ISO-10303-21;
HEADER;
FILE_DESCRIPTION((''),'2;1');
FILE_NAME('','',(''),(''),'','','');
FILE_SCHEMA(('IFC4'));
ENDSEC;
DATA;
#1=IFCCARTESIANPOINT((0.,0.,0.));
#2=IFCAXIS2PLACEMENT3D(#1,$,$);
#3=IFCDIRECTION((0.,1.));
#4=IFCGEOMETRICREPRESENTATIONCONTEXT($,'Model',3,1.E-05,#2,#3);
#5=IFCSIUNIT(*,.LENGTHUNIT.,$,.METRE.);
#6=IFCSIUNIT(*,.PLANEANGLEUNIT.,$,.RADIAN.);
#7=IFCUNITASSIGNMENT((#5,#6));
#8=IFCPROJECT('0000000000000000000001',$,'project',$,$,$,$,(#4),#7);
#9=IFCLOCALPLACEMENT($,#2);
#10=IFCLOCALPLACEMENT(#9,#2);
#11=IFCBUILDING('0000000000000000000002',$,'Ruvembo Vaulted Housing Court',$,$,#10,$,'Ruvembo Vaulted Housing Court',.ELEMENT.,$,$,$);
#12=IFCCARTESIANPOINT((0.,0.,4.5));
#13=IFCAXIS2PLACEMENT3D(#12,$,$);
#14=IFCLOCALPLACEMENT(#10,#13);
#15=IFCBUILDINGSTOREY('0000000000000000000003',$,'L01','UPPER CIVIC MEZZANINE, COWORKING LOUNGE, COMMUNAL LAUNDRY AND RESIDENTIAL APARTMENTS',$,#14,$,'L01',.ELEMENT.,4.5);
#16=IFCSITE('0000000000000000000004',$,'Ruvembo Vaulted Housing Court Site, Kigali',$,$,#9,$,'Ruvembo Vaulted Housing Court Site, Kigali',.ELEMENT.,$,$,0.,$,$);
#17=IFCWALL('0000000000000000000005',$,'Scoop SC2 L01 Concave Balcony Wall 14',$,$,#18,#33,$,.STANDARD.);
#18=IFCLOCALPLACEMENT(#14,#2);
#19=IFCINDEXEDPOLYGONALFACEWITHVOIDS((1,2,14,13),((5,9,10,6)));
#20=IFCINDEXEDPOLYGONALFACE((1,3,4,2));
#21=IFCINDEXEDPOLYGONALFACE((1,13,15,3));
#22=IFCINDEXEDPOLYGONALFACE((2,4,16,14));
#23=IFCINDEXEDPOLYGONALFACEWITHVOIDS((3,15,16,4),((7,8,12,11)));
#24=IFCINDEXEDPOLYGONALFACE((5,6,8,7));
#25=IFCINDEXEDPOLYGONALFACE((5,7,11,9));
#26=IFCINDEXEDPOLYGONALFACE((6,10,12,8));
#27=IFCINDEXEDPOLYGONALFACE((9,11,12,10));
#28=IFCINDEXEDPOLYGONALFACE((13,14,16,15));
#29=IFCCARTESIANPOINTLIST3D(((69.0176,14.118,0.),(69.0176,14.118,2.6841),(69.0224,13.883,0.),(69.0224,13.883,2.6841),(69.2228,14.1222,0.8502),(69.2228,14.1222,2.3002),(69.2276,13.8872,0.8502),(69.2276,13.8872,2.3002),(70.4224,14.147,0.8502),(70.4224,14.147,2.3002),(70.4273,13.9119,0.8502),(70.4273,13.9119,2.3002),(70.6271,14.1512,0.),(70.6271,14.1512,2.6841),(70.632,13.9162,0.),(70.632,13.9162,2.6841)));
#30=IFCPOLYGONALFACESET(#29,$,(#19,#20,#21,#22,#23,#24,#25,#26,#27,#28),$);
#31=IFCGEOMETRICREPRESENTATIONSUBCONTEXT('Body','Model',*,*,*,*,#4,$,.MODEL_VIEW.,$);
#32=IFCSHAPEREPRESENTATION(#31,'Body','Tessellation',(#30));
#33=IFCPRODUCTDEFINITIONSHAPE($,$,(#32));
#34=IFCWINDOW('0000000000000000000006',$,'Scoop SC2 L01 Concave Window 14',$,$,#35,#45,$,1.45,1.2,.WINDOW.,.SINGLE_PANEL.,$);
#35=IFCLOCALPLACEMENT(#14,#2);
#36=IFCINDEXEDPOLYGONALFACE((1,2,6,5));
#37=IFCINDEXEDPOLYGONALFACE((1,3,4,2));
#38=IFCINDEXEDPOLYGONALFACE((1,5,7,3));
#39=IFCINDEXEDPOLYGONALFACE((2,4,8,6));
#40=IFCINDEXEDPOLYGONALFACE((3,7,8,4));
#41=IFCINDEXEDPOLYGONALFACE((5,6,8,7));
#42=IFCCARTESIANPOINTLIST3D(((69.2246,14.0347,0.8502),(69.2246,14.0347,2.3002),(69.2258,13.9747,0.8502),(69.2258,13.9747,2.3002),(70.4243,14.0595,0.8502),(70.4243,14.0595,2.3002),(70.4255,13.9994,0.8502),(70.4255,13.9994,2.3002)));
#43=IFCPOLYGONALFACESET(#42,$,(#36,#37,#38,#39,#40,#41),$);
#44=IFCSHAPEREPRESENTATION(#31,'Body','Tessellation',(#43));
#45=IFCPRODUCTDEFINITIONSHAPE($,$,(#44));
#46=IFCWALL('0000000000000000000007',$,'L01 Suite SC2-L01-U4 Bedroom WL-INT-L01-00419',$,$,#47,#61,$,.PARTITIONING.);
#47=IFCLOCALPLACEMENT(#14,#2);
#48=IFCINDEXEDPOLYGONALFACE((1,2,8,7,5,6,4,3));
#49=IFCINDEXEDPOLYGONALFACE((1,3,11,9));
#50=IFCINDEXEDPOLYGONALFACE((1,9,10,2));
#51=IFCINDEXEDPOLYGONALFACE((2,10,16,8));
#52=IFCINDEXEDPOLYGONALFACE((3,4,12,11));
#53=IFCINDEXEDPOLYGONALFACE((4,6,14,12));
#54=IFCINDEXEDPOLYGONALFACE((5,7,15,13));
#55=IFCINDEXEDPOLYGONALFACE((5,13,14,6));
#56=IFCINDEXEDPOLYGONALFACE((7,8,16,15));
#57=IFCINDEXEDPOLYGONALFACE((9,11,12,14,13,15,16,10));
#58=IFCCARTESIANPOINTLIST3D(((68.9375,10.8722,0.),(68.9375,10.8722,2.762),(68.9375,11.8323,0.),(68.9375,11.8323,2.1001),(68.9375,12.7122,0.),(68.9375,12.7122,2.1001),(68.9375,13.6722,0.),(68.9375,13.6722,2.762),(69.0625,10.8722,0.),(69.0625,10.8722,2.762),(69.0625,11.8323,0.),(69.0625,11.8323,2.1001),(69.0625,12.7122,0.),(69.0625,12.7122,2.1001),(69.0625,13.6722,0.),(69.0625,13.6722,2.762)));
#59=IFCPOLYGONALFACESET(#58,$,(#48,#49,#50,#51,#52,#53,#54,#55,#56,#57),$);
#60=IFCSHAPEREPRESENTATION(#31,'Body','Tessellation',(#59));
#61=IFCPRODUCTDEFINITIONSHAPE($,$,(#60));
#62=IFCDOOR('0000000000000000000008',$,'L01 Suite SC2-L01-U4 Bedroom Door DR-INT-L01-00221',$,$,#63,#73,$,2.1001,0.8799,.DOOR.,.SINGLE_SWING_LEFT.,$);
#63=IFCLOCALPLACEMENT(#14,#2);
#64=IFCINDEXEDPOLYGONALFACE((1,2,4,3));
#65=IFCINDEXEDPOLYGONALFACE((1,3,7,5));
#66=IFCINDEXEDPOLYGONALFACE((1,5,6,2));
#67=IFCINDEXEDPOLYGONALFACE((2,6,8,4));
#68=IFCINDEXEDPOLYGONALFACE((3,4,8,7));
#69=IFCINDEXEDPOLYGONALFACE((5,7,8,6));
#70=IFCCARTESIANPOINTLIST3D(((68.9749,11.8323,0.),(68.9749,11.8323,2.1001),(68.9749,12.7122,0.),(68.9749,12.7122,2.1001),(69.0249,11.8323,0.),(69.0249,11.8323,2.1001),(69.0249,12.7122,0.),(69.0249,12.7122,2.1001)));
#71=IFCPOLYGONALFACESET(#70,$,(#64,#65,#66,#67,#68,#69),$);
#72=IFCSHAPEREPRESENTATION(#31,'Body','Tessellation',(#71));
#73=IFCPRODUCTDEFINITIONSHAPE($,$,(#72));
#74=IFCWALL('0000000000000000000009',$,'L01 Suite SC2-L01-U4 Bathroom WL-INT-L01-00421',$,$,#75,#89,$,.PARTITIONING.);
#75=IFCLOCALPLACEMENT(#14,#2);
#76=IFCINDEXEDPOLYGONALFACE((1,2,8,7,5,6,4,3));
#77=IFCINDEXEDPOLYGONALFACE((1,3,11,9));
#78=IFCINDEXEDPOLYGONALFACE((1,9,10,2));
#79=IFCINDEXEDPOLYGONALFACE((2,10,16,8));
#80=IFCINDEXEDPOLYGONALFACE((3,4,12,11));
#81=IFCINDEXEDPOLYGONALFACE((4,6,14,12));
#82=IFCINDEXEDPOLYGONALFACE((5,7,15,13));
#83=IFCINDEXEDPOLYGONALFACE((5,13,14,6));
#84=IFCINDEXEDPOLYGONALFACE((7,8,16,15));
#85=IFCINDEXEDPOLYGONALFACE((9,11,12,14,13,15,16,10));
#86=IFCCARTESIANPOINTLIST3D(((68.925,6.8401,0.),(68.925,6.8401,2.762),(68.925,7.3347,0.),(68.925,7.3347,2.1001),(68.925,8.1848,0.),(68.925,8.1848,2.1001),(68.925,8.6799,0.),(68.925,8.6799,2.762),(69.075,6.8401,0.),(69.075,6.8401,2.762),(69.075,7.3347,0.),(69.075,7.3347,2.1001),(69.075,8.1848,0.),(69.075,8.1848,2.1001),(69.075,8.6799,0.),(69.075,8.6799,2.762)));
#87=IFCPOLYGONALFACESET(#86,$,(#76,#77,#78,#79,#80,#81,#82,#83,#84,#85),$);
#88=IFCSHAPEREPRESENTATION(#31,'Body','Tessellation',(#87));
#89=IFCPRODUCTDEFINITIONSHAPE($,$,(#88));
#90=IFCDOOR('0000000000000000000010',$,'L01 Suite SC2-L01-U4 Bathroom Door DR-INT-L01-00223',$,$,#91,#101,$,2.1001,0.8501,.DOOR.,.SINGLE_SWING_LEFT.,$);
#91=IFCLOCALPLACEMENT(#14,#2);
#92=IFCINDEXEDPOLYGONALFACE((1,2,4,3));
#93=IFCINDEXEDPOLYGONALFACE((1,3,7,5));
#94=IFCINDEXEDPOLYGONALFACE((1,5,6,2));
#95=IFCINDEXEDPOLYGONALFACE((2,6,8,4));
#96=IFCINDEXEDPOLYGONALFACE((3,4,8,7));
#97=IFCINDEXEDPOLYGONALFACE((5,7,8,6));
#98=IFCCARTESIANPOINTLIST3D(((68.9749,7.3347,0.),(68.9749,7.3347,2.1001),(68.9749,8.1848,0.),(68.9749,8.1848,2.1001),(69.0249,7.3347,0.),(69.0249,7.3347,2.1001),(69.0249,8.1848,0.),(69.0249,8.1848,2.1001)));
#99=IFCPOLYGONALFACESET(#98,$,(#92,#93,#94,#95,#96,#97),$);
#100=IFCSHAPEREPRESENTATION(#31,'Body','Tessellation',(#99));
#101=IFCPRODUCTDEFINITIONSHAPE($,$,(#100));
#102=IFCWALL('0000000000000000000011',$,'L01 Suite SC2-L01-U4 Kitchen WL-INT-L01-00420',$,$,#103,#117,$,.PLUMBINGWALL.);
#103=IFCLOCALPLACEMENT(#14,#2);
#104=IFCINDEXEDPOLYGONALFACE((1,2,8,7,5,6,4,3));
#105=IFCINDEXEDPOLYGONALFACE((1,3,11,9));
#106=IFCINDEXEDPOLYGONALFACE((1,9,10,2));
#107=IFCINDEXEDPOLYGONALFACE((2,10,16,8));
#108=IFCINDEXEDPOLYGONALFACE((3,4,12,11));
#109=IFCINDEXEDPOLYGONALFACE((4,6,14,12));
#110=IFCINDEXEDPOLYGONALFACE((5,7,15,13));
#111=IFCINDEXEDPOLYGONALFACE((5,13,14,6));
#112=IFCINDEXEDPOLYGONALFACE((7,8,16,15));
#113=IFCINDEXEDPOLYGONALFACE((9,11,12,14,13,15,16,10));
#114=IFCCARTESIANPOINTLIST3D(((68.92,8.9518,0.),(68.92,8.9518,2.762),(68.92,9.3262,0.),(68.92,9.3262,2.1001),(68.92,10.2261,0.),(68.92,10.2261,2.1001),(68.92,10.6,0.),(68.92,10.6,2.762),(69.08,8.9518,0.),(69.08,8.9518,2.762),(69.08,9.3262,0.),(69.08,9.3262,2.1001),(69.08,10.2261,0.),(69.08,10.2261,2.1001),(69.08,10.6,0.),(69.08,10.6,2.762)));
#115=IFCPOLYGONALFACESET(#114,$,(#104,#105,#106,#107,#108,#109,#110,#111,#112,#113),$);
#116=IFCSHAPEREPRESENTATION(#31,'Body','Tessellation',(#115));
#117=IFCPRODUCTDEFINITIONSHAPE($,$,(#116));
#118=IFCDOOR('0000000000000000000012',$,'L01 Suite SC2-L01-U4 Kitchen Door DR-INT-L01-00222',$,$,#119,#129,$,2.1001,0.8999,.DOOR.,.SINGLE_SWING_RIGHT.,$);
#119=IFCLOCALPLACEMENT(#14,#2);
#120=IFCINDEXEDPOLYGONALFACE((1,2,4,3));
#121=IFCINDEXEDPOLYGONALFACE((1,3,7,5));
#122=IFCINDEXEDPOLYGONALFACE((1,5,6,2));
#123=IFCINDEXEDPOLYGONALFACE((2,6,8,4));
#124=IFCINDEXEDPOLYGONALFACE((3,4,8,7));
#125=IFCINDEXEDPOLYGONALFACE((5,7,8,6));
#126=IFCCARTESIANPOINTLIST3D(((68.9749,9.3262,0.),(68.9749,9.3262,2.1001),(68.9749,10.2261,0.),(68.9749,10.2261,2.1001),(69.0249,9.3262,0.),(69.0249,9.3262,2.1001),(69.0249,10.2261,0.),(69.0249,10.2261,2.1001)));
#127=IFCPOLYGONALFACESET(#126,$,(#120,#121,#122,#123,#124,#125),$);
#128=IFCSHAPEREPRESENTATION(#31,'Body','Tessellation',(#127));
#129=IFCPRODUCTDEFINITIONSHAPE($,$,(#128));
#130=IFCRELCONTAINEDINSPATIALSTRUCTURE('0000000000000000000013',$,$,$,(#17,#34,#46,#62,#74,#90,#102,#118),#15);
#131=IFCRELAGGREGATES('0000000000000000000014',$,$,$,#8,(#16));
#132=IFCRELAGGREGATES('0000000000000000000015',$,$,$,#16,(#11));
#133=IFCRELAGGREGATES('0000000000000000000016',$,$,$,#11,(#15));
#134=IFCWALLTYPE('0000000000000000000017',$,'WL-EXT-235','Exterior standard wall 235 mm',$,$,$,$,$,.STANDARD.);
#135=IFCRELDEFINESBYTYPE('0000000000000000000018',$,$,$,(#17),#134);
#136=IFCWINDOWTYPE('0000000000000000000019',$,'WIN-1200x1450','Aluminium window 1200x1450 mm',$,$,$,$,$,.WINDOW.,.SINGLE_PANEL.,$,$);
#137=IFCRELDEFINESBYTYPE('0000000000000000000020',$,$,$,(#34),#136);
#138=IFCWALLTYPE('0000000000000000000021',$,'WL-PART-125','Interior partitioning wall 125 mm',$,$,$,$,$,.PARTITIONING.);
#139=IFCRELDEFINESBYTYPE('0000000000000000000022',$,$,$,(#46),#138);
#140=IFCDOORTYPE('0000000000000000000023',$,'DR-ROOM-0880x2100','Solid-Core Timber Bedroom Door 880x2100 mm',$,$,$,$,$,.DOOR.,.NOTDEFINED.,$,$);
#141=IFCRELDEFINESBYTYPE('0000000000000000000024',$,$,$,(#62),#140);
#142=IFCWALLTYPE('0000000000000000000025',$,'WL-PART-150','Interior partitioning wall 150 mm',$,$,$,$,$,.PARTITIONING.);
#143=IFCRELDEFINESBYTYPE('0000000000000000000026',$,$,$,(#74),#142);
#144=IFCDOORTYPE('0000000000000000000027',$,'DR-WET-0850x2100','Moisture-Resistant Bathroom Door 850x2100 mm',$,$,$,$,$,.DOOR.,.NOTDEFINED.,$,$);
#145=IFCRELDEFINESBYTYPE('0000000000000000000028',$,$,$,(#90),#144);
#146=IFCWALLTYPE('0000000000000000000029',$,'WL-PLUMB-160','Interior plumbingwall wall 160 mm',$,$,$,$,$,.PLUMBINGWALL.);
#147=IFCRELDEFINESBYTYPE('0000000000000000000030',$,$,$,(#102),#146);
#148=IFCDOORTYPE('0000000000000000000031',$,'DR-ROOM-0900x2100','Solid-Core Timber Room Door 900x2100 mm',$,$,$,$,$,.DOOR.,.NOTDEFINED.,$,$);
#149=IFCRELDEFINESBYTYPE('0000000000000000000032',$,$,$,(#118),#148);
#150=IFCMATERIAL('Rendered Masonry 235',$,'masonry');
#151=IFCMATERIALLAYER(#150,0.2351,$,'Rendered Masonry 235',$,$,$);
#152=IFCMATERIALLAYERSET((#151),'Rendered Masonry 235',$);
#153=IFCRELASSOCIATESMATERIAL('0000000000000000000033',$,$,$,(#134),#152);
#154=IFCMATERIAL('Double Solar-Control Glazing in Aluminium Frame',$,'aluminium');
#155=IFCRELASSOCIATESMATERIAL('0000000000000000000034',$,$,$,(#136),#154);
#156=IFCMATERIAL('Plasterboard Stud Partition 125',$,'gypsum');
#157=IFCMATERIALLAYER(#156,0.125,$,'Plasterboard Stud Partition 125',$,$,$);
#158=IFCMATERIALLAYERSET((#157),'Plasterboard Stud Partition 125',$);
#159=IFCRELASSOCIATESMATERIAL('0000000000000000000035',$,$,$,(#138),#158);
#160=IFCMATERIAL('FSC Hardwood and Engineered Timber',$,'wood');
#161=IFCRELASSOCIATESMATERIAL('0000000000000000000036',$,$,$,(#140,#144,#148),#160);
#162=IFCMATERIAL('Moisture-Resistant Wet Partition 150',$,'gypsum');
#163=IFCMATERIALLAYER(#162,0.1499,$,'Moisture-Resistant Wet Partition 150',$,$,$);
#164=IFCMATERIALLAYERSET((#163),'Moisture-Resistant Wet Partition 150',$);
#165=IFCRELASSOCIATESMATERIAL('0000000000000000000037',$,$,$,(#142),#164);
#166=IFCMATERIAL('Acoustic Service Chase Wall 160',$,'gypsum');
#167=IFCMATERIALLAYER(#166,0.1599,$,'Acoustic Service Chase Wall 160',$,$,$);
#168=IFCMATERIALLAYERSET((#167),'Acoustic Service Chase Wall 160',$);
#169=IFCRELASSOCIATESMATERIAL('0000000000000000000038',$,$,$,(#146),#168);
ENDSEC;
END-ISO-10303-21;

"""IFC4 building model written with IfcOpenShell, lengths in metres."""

from ifc_helpers import new_model, si_unit, direction, frame, frame_2d, origin, place, context, subcontext, project, spatial, rectangle, extrude, material, layer, layer_set, type_object, element, fill, save


model = new_model("IFC4")

# Units and contexts
model_context = context("Model", 3, precision=1e-05, world=origin(), true_north=direction((0.0, 1.0)))
body_context = subcontext(model_context, "Body", "Model", "MODEL_VIEW")
ifc_project = project(units=[si_unit("LENGTHUNIT", "METRE"), si_unit("PLANEANGLEUNIT", "RADIAN")], contexts=[model_context])

# Site, building, storey
site_placement = place(None, origin())
site = spatial("IfcSite", under=ifc_project, at=site_placement, Name="Ruvembo Vaulted Housing Court Site, Kigali", LongName="Ruvembo Vaulted Housing Court Site, Kigali", CompositionType="ELEMENT", RefElevation=0.0)
building_placement = place(site_placement, origin())
building = spatial("IfcBuilding", under=site, at=building_placement, Name="Ruvembo Vaulted Housing Court", LongName="Ruvembo Vaulted Housing Court", CompositionType="ELEMENT")
storey_placement = place(building_placement, frame((0.0, 0.0, 4.5)))
storey = spatial("IfcBuildingStorey", under=building, at=storey_placement, Name="L01", Description="UPPER CIVIC MEZZANINE, COWORKING LOUNGE, COMMUNAL LAUNDRY AND RESIDENTIAL APARTMENTS", LongName="L01", CompositionType="ELEMENT", Elevation=4.5)

# Shared definitions
ifc_material_1 = material(Name="FSC Hardwood and Engineered Timber", Category="wood")

# Wall, opening, window
ifc_material_2 = material(Name="Rendered Masonry 235", Category="masonry")
ifc_layer_1 = layer(ifc_material_2, 0.2351, Name="Rendered Masonry 235")
ifc_layer_set_1 = layer_set([ifc_layer_1], Name="Rendered Masonry 235")
wall_type_1 = type_object("IfcWallType", Name="WL-EXT-235", Description="Exterior standard wall 235 mm", PredefinedType="STANDARD", material=ifc_layer_set_1)
ifc_material_3 = material(Name="Double Solar-Control Glazing in Aluminium Frame", Category="aluminium")
wall_1_placement = place(storey_placement, frame((69.02, 14.0005, 0.0), z_axis=(0.0, 0.0, 1.0), x_axis=(0.999787, 0.020624, 0.0)))
wall_1 = element("IfcWall", 1, at=wall_1_placement, inside=storey, type_object=wall_type_1, Name="Scoop SC2 L01 Concave Balcony Wall 14", PredefinedType="STANDARD", context=body_context, shape_type="SweptSolid", body=[
    extrude(rectangle(XDim=1.6099, YDim=0.2351, at=frame_2d((0.8049, 0.0))), origin(), (0.0, 0.0, 1.0), 2.6841),
])
opening_1_placement = place(wall_1_placement, frame((0.2051, 0.0, 0.8501)))
opening_1 = element("IfcOpeningElement", 2, at=opening_1_placement, cuts=wall_1, PredefinedType="OPENING", context=body_context, shape_type="SweptSolid", body=[
    extrude(rectangle(XDim=1.2, YDim=1.45, at=frame_2d((0.6001, 0.7251))), frame((0.0, 0.1274, 0.0), z_axis=(0.0, -1.0, 0.0), x_axis=(1.0, 0.0, 0.0)), (0.0, 0.0, 1.0), 0.2551),
])
window_type_1 = type_object("IfcWindowType", Name="WIN-1200x1450", Description="Aluminium window 1200x1450 mm", PartitioningType="SINGLE_PANEL", PredefinedType="WINDOW", material=ifc_material_3)
window_1_placement = place(opening_1_placement, origin())
window_1 = element("IfcWindow", 3, at=window_1_placement, inside=storey, type_object=window_type_1, Name="Scoop SC2 L01 Concave Window 14", OverallHeight=1.45, OverallWidth=1.2, PartitioningType="SINGLE_PANEL", PredefinedType="WINDOW", context=body_context, shape_type="SweptSolid", body=[
    extrude(rectangle(XDim=1.2, YDim=1.45, at=frame_2d((0.6001, 0.7251))), frame((0.0, 0.03, 0.0), z_axis=(0.0, -1.0, 0.0), x_axis=(1.0, 0.0, 0.0)), (0.0, 0.0, 1.0), 0.0601),
])
fill(opening_1, window_1)

# Walls, openings, doors
ifc_material_4 = material(Name="Plasterboard Stud Partition 125", Category="gypsum")
ifc_layer_2 = layer(ifc_material_4, 0.125, Name="Plasterboard Stud Partition 125")
ifc_layer_set_2 = layer_set([ifc_layer_2], Name="Plasterboard Stud Partition 125")
wall_type_2 = type_object("IfcWallType", Name="WL-PART-125", Description="Interior partitioning wall 125 mm", PredefinedType="PARTITIONING", material=ifc_layer_set_2)
wall_2_placement = place(storey_placement, frame((69.0, 13.6721, 0.0), z_axis=(0.0, 0.0, 1.0), x_axis=(0.0, -1.0, 0.0)))
wall_2 = element("IfcWall", 4, at=wall_2_placement, inside=storey, type_object=wall_type_2, Name="L01 Suite SC2-L01-U4 Bedroom WL-INT-L01-00419", PredefinedType="PARTITIONING", context=body_context, shape_type="SweptSolid", body=[
    extrude(rectangle(XDim=2.8, YDim=0.125, at=frame_2d((1.3999, 0.0))), origin(), (0.0, 0.0, 1.0), 2.762),
])
opening_2_placement = place(wall_2_placement, frame((0.96, 0.0, 0.0)))
opening_2 = element("IfcOpeningElement", 5, at=opening_2_placement, cuts=wall_2, PredefinedType="OPENING", context=body_context, shape_type="SweptSolid", body=[
    extrude(rectangle(XDim=0.8799, YDim=2.1001, at=frame_2d((0.4399, 1.05))), frame((0.0, 0.0725, 0.0), z_axis=(0.0, -1.0, 0.0), x_axis=(1.0, 0.0, 0.0)), (0.0, 0.0, 1.0), 0.145),
])
door_type_1 = type_object("IfcDoorType", Name="DR-ROOM-0880x2100", Description="Solid-Core Timber Bedroom Door 880x2100 mm", OperationType="NOTDEFINED", PredefinedType="DOOR", material=ifc_material_1)
door_1_placement = place(opening_2_placement, origin())
door_1 = element("IfcDoor", 6, at=door_1_placement, inside=storey, type_object=door_type_1, Name="L01 Suite SC2-L01-U4 Bedroom Door DR-INT-L01-00221", OperationType="SINGLE_SWING_LEFT", OverallHeight=2.1001, OverallWidth=0.8799, PredefinedType="DOOR", context=body_context, shape_type="SweptSolid", body=[
    extrude(rectangle(XDim=0.8799, YDim=2.1001, at=frame_2d((0.4399, 1.05))), frame((0.0, 0.0249, 0.0), z_axis=(0.0, -1.0, 0.0), x_axis=(1.0, 0.0, 0.0)), (0.0, 0.0, 1.0), 0.05),
])
fill(opening_2, door_1)
ifc_material_5 = material(Name="Moisture-Resistant Wet Partition 150", Category="gypsum")
ifc_layer_3 = layer(ifc_material_5, 0.1499, Name="Moisture-Resistant Wet Partition 150")
ifc_layer_set_3 = layer_set([ifc_layer_3], Name="Moisture-Resistant Wet Partition 150")
wall_type_3 = type_object("IfcWallType", Name="WL-PART-150", Description="Interior partitioning wall 150 mm", PredefinedType="PARTITIONING", material=ifc_layer_set_3)
wall_3_placement = place(storey_placement, frame((69.0, 8.6799, 0.0), z_axis=(0.0, 0.0, 1.0), x_axis=(0.0, -1.0, 0.0)))
wall_3 = element("IfcWall", 7, at=wall_3_placement, inside=storey, type_object=wall_type_3, Name="L01 Suite SC2-L01-U4 Bathroom WL-INT-L01-00421", PredefinedType="PARTITIONING", context=body_context, shape_type="SweptSolid", body=[
    extrude(rectangle(XDim=1.8398, YDim=0.1499, at=frame_2d((0.9199, 0.0))), origin(), (0.0, 0.0, 1.0), 2.762),
])
opening_3_placement = place(wall_3_placement, frame((0.4951, 0.0, 0.0)))
opening_3 = element("IfcOpeningElement", 8, at=opening_3_placement, cuts=wall_3, PredefinedType="OPENING", context=body_context, shape_type="SweptSolid", body=[
    extrude(rectangle(XDim=0.8501, YDim=2.1001, at=frame_2d((0.425, 1.05))), frame((0.0, 0.085, 0.0), z_axis=(0.0, -1.0, 0.0), x_axis=(1.0, 0.0, 0.0)), (0.0, 0.0, 1.0), 0.1699),
])
door_type_2 = type_object("IfcDoorType", Name="DR-WET-0850x2100", Description="Moisture-Resistant Bathroom Door 850x2100 mm", OperationType="NOTDEFINED", PredefinedType="DOOR", material=ifc_material_1)
door_2_placement = place(opening_3_placement, origin())
door_2 = element("IfcDoor", 9, at=door_2_placement, inside=storey, type_object=door_type_2, Name="L01 Suite SC2-L01-U4 Bathroom Door DR-INT-L01-00223", OperationType="SINGLE_SWING_LEFT", OverallHeight=2.1001, OverallWidth=0.8501, PredefinedType="DOOR", context=body_context, shape_type="SweptSolid", body=[
    extrude(rectangle(XDim=0.8501, YDim=2.1001, at=frame_2d((0.425, 1.05))), frame((0.0, 0.0249, 0.0), z_axis=(0.0, -1.0, 0.0), x_axis=(1.0, 0.0, 0.0)), (0.0, 0.0, 1.0), 0.05),
])
fill(opening_3, door_2)
ifc_material_6 = material(Name="Acoustic Service Chase Wall 160", Category="gypsum")
ifc_layer_4 = layer(ifc_material_6, 0.1599, Name="Acoustic Service Chase Wall 160")
ifc_layer_set_4 = layer_set([ifc_layer_4], Name="Acoustic Service Chase Wall 160")
wall_type_4 = type_object("IfcWallType", Name="WL-PLUMB-160", Description="Interior plumbingwall wall 160 mm", PredefinedType="PLUMBINGWALL", material=ifc_layer_set_4)
wall_4_placement = place(storey_placement, frame((69.0, 10.6001, 0.0), z_axis=(0.0, 0.0, 1.0), x_axis=(0.0, -1.0, 0.0)))
wall_4 = element("IfcWall", 10, at=wall_4_placement, inside=storey, type_object=wall_type_4, Name="L01 Suite SC2-L01-U4 Kitchen WL-INT-L01-00420", PredefinedType="PLUMBINGWALL", context=body_context, shape_type="SweptSolid", body=[
    extrude(rectangle(XDim=1.6482, YDim=0.1599, at=frame_2d((0.8242, 0.0))), origin(), (0.0, 0.0, 1.0), 2.762),
])
opening_4_placement = place(wall_4_placement, frame((0.374, 0.0, 0.0)))
opening_4 = element("IfcOpeningElement", 11, at=opening_4_placement, cuts=wall_4, PredefinedType="OPENING", context=body_context, shape_type="SweptSolid", body=[
    extrude(rectangle(XDim=0.8999, YDim=2.1001, at=frame_2d((0.45, 1.05))), frame((0.0, 0.0898, 0.0), z_axis=(0.0, -1.0, 0.0), x_axis=(1.0, 0.0, 0.0)), (0.0, 0.0, 1.0), 0.1799),
])
door_type_3 = type_object("IfcDoorType", Name="DR-ROOM-0900x2100", Description="Solid-Core Timber Room Door 900x2100 mm", OperationType="NOTDEFINED", PredefinedType="DOOR", material=ifc_material_1)
door_3_placement = place(opening_4_placement, origin())
door_3 = element("IfcDoor", 12, at=door_3_placement, inside=storey, type_object=door_type_3, Name="L01 Suite SC2-L01-U4 Kitchen Door DR-INT-L01-00222", OperationType="SINGLE_SWING_RIGHT", OverallHeight=2.1001, OverallWidth=0.8999, PredefinedType="DOOR", context=body_context, shape_type="SweptSolid", body=[
    extrude(rectangle(XDim=0.8999, YDim=2.1001, at=frame_2d((0.45, 1.05))), frame((0.0, 0.0249, 0.0), z_axis=(0.0, -1.0, 0.0), x_axis=(1.0, 0.0, 0.0)), (0.0, 0.0, 1.0), 0.05),
])
fill(opening_4, door_3)

save(model, "model.ifc")
